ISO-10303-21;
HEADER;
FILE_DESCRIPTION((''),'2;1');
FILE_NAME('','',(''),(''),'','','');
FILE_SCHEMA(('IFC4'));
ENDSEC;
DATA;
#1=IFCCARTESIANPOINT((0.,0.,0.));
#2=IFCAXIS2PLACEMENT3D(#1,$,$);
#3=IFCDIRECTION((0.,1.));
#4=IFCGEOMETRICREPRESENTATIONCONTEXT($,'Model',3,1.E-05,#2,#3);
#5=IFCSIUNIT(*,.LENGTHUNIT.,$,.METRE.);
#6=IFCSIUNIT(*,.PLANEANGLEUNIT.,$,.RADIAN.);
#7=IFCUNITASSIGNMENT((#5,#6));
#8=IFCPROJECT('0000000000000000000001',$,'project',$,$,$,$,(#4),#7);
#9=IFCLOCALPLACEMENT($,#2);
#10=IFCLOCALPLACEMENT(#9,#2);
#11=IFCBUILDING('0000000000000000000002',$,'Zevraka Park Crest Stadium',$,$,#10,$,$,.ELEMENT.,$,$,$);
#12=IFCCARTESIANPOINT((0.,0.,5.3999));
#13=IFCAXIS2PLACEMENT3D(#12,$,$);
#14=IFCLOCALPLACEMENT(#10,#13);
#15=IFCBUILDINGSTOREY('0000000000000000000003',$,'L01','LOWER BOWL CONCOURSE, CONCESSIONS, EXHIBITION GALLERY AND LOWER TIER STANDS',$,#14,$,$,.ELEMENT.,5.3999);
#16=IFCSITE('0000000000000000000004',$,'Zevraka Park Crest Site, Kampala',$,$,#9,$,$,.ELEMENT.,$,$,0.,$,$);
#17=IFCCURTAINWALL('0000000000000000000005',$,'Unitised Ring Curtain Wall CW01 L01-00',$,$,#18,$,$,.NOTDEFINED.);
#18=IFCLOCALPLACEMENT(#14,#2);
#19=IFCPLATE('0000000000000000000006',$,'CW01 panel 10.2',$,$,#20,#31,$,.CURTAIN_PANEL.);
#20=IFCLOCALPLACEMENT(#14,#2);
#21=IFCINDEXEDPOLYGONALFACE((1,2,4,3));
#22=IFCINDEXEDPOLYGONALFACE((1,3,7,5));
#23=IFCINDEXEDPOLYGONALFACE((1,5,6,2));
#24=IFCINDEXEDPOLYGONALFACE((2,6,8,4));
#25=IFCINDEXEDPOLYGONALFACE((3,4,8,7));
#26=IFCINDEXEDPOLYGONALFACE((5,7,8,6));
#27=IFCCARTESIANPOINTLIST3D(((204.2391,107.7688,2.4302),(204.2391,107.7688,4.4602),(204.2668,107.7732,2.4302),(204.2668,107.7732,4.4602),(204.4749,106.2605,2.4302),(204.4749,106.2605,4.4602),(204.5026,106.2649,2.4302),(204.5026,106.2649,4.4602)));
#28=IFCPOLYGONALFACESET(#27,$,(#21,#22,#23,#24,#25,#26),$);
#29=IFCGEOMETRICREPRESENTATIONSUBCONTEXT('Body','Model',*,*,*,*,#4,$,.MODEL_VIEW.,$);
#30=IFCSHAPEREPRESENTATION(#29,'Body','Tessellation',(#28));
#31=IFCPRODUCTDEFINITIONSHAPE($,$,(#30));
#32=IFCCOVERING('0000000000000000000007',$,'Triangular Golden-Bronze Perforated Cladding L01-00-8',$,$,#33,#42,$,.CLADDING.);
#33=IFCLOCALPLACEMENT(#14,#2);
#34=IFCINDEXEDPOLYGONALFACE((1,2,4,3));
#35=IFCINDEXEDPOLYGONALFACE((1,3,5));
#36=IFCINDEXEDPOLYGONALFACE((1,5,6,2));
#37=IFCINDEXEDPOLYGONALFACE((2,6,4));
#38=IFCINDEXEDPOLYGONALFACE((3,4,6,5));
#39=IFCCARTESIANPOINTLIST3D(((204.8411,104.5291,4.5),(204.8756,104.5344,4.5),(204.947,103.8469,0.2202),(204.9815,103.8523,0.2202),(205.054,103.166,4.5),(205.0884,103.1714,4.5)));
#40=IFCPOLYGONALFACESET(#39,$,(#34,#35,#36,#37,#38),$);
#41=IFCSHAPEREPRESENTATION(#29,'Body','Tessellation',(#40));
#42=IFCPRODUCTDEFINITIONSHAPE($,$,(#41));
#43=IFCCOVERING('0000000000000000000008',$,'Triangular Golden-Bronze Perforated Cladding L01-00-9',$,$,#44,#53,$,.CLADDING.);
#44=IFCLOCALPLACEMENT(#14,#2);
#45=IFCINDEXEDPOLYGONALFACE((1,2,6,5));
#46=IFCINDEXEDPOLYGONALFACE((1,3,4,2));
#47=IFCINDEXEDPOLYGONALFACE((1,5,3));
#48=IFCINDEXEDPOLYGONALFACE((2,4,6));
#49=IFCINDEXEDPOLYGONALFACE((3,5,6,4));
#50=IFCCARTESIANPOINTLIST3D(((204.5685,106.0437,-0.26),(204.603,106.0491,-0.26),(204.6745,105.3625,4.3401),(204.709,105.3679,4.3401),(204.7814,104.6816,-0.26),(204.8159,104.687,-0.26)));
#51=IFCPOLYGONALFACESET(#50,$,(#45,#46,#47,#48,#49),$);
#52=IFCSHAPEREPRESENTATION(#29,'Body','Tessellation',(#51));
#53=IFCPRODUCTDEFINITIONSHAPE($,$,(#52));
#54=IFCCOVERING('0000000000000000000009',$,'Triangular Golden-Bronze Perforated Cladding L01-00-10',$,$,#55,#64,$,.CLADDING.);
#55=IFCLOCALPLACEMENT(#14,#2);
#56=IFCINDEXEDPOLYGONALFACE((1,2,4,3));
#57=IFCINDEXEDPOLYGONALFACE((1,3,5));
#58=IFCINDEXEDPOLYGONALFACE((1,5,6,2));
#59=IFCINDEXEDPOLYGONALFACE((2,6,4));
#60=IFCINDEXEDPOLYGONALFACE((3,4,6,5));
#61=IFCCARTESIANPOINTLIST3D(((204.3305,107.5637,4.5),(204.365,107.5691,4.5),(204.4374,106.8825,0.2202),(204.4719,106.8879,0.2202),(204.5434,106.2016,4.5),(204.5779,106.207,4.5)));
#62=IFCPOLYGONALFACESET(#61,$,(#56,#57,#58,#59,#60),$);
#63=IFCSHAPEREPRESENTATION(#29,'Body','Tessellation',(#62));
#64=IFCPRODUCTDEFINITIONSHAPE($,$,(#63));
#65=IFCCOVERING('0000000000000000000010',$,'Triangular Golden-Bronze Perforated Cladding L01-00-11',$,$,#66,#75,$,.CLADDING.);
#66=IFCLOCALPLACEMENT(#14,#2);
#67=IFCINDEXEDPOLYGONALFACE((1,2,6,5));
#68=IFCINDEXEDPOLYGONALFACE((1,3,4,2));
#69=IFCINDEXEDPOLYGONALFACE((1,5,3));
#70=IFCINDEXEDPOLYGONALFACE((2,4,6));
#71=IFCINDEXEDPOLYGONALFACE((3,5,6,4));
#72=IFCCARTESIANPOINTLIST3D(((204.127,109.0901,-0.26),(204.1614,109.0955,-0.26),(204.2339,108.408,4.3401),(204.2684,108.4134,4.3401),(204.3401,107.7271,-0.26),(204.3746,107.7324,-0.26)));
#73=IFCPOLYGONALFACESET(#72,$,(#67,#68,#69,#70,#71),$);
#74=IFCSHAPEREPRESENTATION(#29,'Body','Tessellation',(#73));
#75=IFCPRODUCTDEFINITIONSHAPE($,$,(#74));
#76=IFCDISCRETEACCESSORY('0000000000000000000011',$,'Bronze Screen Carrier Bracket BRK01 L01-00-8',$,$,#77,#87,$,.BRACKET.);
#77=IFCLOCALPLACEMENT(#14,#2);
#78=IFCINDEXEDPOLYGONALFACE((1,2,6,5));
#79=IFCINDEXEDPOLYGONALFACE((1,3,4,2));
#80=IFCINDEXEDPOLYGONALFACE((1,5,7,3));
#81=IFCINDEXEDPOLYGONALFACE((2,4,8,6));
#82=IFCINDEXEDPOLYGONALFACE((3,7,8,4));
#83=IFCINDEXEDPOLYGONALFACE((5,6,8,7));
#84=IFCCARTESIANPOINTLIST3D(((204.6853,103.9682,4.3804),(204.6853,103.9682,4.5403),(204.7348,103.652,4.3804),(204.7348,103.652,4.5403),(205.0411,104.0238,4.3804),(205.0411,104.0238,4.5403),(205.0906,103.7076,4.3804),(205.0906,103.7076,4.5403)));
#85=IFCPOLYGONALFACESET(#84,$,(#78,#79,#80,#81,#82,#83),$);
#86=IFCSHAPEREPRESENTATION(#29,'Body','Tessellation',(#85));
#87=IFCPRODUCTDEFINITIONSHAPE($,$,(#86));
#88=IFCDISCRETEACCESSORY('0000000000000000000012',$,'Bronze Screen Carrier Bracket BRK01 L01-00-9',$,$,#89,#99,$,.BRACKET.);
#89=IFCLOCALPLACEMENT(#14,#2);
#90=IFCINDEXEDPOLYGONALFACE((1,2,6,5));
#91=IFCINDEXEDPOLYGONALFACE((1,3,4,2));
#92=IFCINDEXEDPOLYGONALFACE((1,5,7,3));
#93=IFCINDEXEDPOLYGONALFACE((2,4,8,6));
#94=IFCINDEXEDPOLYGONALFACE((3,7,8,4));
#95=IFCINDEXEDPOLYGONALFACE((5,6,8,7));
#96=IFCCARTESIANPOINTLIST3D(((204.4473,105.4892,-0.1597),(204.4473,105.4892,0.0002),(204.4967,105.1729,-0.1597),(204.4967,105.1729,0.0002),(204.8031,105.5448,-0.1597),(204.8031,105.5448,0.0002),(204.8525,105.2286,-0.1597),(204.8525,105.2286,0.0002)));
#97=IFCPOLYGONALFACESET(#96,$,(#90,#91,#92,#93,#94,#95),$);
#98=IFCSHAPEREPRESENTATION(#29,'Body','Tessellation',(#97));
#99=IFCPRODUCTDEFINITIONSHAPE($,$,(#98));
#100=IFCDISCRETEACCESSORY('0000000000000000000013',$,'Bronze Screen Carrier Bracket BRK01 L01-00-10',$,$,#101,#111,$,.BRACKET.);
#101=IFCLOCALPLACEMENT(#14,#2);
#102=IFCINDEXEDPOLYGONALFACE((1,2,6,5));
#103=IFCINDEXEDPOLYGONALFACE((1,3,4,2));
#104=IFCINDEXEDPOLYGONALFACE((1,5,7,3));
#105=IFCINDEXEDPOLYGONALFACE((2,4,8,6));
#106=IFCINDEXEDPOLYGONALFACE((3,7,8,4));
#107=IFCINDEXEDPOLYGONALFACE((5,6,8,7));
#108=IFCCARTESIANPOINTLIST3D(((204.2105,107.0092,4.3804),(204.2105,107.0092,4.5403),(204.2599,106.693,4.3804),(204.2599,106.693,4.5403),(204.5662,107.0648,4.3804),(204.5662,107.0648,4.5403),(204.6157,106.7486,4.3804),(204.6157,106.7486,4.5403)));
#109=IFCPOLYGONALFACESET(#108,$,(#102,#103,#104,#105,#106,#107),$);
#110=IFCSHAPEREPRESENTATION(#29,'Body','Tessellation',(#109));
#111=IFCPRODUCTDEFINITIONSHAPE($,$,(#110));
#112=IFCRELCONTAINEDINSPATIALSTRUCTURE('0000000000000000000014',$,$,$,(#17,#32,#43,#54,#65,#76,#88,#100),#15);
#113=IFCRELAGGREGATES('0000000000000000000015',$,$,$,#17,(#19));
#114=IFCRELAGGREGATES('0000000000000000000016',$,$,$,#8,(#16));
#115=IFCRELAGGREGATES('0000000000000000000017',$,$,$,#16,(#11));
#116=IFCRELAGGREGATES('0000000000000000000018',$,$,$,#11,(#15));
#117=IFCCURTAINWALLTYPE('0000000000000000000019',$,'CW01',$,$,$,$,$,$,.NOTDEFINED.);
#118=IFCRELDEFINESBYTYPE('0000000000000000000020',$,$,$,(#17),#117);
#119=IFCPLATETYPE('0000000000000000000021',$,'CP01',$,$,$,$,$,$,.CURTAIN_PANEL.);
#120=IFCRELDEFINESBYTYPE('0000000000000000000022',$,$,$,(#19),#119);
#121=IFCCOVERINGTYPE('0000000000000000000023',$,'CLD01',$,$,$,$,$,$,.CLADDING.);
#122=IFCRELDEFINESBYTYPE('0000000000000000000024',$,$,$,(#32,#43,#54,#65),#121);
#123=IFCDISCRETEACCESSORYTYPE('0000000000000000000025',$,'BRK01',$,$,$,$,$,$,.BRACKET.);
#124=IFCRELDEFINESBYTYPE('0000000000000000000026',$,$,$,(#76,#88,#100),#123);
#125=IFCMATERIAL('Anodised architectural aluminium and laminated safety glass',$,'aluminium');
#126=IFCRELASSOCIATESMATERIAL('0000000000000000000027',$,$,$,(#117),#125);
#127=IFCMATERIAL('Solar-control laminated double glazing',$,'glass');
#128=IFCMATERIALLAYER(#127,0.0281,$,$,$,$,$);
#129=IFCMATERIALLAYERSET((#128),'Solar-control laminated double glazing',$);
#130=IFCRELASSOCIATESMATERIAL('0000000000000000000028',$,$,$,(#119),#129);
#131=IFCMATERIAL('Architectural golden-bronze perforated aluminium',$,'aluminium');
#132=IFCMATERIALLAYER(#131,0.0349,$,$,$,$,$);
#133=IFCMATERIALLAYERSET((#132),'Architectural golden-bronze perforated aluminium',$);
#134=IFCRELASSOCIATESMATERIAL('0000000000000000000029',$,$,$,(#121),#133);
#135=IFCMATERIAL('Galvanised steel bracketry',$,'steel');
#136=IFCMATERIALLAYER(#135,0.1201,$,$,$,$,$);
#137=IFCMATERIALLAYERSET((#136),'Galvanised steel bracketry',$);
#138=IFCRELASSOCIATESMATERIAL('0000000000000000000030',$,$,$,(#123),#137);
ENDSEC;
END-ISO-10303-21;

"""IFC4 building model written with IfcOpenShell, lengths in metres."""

from ifc_helpers import new_model, si_unit, direction, frame, origin, origin_2d, place, context, subcontext, project, spatial, polyline, rectangle, outline, extrude, material, layer, layer_set, type_object, element, aggregate, save


model = new_model("IFC4")

# Units and contexts
model_context = context("Model", 3, precision=1e-05, world=origin(), true_north=direction((0.0, 1.0)))
body_context = subcontext(model_context, "Body", "Model", "MODEL_VIEW")
ifc_project = project(units=[si_unit("LENGTHUNIT", "METRE"), si_unit("PLANEANGLEUNIT", "RADIAN")], contexts=[model_context])

# Site, building, storey
site_placement = place(None, origin())
site = spatial("IfcSite", under=ifc_project, at=site_placement, Name="Zevraka Park Crest Site, Kampala", CompositionType="ELEMENT", RefElevation=0.0)
building_placement = place(site_placement, origin())
building = spatial("IfcBuilding", under=site, at=building_placement, Name="Zevraka Park Crest Stadium", CompositionType="ELEMENT")
storey_placement = place(building_placement, frame((0.0, 0.0, 5.3999)))
storey = spatial("IfcBuildingStorey", under=building, at=storey_placement, Name="L01", Description="LOWER BOWL CONCOURSE, CONCESSIONS, EXHIBITION GALLERY AND LOWER TIER STANDS", CompositionType="ELEMENT", Elevation=5.3999)

# Curtain wall, plate
ifc_material_1 = material(Name="Anodised architectural aluminium and laminated safety glass", Category="aluminium")
curtain_wall_type = type_object("IfcCurtainWallType", Name="CW01", PredefinedType="NOTDEFINED", material=ifc_material_1)
curtain_wall_placement = place(storey_placement, origin())
curtain_wall = element("IfcCurtainWall", 1, at=curtain_wall_placement, inside=storey, type_object=curtain_wall_type, Name="Unitised Ring Curtain Wall CW01 L01-00", PredefinedType="NOTDEFINED")
ifc_material_2 = material(Name="Solar-control laminated double glazing", Category="glass")
ifc_layer_1 = layer(ifc_material_2, 0.0281)
ifc_layer_set_1 = layer_set([ifc_layer_1], Name="Solar-control laminated double glazing")
plate_type = type_object("IfcPlateType", Name="CP01", PredefinedType="CURTAIN_PANEL", material=ifc_layer_set_1)
plate_1_placement = place(storey_placement, frame((204.3708, 107.0168, 2.4302), z_axis=(0.0, 0.0, 1.0), x_axis=(-0.154476, 0.987997, 0.0)))
plate_1 = element("IfcPlate", 2, at=plate_1_placement, type_object=plate_type, Name="CW01 panel 10.2", PredefinedType="CURTAIN_PANEL", context=body_context, shape_type="SweptSolid", body=[
    extrude(rectangle(XDim=1.5266, YDim=0.0281, at=origin_2d()), origin(), (0.0, 0.0, 1.0), 2.03),
])
aggregate(curtain_wall, [plate_1])

# Coverings
ifc_material_3 = material(Name="Architectural golden-bronze perforated aluminium", Category="aluminium")
ifc_layer_2 = layer(ifc_material_3, 0.0349)
ifc_layer_set_2 = layer_set([ifc_layer_2], Name="Architectural golden-bronze perforated aluminium")
covering_type = type_object("IfcCoveringType", Name="CLD01", PredefinedType="CLADDING", material=ifc_layer_set_2)
covering_1_placement = place(storey_placement, frame((204.8411, 104.5291, 4.5), z_axis=(-0.988021, -0.154317, 0.000135), x_axis=(0.154317, -0.988021, 0.0)))
element("IfcCovering", 3, at=covering_1_placement, inside=storey, type_object=covering_type, Name="Triangular Golden-Bronze Perforated Cladding L01-00-8", PredefinedType="CLADDING", context=body_context, shape_type="SweptSolid", body=[
    extrude(outline(polyline([(0.0, 0.0), (1.3796, 0.0), (0.6903, -4.2798), (0.0, 0.0)])), origin(), (0.0, 0.0, -1.0), 0.0349),
])
covering_2_placement = place(storey_placement, frame((204.8159, 104.687, -0.26), z_axis=(0.988004, 0.154425, 0.000109), x_axis=(-0.154426, 0.988004, 0.0)))
element("IfcCovering", 4, at=covering_2_placement, inside=storey, type_object=covering_type, Name="Triangular Golden-Bronze Perforated Cladding L01-00-9", PredefinedType="CLADDING", context=body_context, shape_type="SweptSolid", body=[
    extrude(outline(polyline([(0.0, 0.0), (1.3786, 0.0), (0.6893, 4.6001), (0.0, 0.0)])), origin(), (0.0, 0.0, -1.0), 0.0349),
])
covering_3_placement = place(storey_placement, frame((204.365, 107.5691, 4.5), z_axis=(0.988004, 0.154425, 0.000108), x_axis=(0.154426, -0.988004, 0.0)))
element("IfcCovering", 5, at=covering_3_placement, inside=storey, type_object=covering_type, Name="Triangular Golden-Bronze Perforated Cladding L01-00-10", PredefinedType="CLADDING", context=body_context, shape_type="SweptSolid", body=[
    extrude(outline(polyline([(0.0, 0.0), (1.3786, 0.0), (0.6895, 4.2798), (0.0, 0.0)])), origin(), (0.0, 0.0, -1.0), 0.0349),
])
covering_4_placement = place(storey_placement, frame((204.3401, 107.7271, -0.26), z_axis=(-0.987994, -0.15449, 0.000058), x_axis=(-0.15449, 0.987994, 0.0)))
element("IfcCovering", 6, at=covering_4_placement, inside=storey, type_object=covering_type, Name="Triangular Golden-Bronze Perforated Cladding L01-00-11", PredefinedType="CLADDING", context=body_context, shape_type="SweptSolid", body=[
    extrude(outline(polyline([(0.0, 0.0), (1.3796, 0.0), (0.6891, -4.6001), (0.0, 0.0)])), origin(), (0.0, 0.0, -1.0), 0.0349),
])

# Discrete accessories
ifc_material_4 = material(Name="Galvanised steel bracketry", Category="steel")
ifc_layer_3 = layer(ifc_material_4, 0.1201)
ifc_layer_set_3 = layer_set([ifc_layer_3], Name="Galvanised steel bracketry")
discrete_accessory_type = type_object("IfcDiscreteAccessoryType", Name="BRK01", PredefinedType="BRACKET", material=ifc_layer_set_3)
for number, where, z_axis, x_axis, name in (
    (7, (204.8879, 103.8379, 4.3804), (0.0, 0.0, 1.0), (-0.154538, 0.987987, 0.0), "Bronze Screen Carrier Bracket BRK01 L01-00-8"),
    (8, (204.6499, 105.3589, -0.1597), (0.0, 0.0, 1.0), (-0.154538, 0.987987, 0.0), "Bronze Screen Carrier Bracket BRK01 L01-00-9"),
    (9, (204.4131, 106.8789, 4.3804), (0.0, 0.0, 1.0), (-0.154538, 0.987987, 0.0), "Bronze Screen Carrier Bracket BRK01 L01-00-10"),
):
    element("IfcDiscreteAccessory", number, at=place(storey_placement, frame(where, z_axis=z_axis, x_axis=x_axis)), inside=storey, type_object=discrete_accessory_type, Name=name, PredefinedType="BRACKET", context=body_context, shape_type="SweptSolid", body=[
        extrude(rectangle(XDim=0.3201, YDim=0.3601, at=origin_2d()), origin(), (0.0, 0.0, 1.0), 0.1599),
    ])

save(model, "model.ifc")
